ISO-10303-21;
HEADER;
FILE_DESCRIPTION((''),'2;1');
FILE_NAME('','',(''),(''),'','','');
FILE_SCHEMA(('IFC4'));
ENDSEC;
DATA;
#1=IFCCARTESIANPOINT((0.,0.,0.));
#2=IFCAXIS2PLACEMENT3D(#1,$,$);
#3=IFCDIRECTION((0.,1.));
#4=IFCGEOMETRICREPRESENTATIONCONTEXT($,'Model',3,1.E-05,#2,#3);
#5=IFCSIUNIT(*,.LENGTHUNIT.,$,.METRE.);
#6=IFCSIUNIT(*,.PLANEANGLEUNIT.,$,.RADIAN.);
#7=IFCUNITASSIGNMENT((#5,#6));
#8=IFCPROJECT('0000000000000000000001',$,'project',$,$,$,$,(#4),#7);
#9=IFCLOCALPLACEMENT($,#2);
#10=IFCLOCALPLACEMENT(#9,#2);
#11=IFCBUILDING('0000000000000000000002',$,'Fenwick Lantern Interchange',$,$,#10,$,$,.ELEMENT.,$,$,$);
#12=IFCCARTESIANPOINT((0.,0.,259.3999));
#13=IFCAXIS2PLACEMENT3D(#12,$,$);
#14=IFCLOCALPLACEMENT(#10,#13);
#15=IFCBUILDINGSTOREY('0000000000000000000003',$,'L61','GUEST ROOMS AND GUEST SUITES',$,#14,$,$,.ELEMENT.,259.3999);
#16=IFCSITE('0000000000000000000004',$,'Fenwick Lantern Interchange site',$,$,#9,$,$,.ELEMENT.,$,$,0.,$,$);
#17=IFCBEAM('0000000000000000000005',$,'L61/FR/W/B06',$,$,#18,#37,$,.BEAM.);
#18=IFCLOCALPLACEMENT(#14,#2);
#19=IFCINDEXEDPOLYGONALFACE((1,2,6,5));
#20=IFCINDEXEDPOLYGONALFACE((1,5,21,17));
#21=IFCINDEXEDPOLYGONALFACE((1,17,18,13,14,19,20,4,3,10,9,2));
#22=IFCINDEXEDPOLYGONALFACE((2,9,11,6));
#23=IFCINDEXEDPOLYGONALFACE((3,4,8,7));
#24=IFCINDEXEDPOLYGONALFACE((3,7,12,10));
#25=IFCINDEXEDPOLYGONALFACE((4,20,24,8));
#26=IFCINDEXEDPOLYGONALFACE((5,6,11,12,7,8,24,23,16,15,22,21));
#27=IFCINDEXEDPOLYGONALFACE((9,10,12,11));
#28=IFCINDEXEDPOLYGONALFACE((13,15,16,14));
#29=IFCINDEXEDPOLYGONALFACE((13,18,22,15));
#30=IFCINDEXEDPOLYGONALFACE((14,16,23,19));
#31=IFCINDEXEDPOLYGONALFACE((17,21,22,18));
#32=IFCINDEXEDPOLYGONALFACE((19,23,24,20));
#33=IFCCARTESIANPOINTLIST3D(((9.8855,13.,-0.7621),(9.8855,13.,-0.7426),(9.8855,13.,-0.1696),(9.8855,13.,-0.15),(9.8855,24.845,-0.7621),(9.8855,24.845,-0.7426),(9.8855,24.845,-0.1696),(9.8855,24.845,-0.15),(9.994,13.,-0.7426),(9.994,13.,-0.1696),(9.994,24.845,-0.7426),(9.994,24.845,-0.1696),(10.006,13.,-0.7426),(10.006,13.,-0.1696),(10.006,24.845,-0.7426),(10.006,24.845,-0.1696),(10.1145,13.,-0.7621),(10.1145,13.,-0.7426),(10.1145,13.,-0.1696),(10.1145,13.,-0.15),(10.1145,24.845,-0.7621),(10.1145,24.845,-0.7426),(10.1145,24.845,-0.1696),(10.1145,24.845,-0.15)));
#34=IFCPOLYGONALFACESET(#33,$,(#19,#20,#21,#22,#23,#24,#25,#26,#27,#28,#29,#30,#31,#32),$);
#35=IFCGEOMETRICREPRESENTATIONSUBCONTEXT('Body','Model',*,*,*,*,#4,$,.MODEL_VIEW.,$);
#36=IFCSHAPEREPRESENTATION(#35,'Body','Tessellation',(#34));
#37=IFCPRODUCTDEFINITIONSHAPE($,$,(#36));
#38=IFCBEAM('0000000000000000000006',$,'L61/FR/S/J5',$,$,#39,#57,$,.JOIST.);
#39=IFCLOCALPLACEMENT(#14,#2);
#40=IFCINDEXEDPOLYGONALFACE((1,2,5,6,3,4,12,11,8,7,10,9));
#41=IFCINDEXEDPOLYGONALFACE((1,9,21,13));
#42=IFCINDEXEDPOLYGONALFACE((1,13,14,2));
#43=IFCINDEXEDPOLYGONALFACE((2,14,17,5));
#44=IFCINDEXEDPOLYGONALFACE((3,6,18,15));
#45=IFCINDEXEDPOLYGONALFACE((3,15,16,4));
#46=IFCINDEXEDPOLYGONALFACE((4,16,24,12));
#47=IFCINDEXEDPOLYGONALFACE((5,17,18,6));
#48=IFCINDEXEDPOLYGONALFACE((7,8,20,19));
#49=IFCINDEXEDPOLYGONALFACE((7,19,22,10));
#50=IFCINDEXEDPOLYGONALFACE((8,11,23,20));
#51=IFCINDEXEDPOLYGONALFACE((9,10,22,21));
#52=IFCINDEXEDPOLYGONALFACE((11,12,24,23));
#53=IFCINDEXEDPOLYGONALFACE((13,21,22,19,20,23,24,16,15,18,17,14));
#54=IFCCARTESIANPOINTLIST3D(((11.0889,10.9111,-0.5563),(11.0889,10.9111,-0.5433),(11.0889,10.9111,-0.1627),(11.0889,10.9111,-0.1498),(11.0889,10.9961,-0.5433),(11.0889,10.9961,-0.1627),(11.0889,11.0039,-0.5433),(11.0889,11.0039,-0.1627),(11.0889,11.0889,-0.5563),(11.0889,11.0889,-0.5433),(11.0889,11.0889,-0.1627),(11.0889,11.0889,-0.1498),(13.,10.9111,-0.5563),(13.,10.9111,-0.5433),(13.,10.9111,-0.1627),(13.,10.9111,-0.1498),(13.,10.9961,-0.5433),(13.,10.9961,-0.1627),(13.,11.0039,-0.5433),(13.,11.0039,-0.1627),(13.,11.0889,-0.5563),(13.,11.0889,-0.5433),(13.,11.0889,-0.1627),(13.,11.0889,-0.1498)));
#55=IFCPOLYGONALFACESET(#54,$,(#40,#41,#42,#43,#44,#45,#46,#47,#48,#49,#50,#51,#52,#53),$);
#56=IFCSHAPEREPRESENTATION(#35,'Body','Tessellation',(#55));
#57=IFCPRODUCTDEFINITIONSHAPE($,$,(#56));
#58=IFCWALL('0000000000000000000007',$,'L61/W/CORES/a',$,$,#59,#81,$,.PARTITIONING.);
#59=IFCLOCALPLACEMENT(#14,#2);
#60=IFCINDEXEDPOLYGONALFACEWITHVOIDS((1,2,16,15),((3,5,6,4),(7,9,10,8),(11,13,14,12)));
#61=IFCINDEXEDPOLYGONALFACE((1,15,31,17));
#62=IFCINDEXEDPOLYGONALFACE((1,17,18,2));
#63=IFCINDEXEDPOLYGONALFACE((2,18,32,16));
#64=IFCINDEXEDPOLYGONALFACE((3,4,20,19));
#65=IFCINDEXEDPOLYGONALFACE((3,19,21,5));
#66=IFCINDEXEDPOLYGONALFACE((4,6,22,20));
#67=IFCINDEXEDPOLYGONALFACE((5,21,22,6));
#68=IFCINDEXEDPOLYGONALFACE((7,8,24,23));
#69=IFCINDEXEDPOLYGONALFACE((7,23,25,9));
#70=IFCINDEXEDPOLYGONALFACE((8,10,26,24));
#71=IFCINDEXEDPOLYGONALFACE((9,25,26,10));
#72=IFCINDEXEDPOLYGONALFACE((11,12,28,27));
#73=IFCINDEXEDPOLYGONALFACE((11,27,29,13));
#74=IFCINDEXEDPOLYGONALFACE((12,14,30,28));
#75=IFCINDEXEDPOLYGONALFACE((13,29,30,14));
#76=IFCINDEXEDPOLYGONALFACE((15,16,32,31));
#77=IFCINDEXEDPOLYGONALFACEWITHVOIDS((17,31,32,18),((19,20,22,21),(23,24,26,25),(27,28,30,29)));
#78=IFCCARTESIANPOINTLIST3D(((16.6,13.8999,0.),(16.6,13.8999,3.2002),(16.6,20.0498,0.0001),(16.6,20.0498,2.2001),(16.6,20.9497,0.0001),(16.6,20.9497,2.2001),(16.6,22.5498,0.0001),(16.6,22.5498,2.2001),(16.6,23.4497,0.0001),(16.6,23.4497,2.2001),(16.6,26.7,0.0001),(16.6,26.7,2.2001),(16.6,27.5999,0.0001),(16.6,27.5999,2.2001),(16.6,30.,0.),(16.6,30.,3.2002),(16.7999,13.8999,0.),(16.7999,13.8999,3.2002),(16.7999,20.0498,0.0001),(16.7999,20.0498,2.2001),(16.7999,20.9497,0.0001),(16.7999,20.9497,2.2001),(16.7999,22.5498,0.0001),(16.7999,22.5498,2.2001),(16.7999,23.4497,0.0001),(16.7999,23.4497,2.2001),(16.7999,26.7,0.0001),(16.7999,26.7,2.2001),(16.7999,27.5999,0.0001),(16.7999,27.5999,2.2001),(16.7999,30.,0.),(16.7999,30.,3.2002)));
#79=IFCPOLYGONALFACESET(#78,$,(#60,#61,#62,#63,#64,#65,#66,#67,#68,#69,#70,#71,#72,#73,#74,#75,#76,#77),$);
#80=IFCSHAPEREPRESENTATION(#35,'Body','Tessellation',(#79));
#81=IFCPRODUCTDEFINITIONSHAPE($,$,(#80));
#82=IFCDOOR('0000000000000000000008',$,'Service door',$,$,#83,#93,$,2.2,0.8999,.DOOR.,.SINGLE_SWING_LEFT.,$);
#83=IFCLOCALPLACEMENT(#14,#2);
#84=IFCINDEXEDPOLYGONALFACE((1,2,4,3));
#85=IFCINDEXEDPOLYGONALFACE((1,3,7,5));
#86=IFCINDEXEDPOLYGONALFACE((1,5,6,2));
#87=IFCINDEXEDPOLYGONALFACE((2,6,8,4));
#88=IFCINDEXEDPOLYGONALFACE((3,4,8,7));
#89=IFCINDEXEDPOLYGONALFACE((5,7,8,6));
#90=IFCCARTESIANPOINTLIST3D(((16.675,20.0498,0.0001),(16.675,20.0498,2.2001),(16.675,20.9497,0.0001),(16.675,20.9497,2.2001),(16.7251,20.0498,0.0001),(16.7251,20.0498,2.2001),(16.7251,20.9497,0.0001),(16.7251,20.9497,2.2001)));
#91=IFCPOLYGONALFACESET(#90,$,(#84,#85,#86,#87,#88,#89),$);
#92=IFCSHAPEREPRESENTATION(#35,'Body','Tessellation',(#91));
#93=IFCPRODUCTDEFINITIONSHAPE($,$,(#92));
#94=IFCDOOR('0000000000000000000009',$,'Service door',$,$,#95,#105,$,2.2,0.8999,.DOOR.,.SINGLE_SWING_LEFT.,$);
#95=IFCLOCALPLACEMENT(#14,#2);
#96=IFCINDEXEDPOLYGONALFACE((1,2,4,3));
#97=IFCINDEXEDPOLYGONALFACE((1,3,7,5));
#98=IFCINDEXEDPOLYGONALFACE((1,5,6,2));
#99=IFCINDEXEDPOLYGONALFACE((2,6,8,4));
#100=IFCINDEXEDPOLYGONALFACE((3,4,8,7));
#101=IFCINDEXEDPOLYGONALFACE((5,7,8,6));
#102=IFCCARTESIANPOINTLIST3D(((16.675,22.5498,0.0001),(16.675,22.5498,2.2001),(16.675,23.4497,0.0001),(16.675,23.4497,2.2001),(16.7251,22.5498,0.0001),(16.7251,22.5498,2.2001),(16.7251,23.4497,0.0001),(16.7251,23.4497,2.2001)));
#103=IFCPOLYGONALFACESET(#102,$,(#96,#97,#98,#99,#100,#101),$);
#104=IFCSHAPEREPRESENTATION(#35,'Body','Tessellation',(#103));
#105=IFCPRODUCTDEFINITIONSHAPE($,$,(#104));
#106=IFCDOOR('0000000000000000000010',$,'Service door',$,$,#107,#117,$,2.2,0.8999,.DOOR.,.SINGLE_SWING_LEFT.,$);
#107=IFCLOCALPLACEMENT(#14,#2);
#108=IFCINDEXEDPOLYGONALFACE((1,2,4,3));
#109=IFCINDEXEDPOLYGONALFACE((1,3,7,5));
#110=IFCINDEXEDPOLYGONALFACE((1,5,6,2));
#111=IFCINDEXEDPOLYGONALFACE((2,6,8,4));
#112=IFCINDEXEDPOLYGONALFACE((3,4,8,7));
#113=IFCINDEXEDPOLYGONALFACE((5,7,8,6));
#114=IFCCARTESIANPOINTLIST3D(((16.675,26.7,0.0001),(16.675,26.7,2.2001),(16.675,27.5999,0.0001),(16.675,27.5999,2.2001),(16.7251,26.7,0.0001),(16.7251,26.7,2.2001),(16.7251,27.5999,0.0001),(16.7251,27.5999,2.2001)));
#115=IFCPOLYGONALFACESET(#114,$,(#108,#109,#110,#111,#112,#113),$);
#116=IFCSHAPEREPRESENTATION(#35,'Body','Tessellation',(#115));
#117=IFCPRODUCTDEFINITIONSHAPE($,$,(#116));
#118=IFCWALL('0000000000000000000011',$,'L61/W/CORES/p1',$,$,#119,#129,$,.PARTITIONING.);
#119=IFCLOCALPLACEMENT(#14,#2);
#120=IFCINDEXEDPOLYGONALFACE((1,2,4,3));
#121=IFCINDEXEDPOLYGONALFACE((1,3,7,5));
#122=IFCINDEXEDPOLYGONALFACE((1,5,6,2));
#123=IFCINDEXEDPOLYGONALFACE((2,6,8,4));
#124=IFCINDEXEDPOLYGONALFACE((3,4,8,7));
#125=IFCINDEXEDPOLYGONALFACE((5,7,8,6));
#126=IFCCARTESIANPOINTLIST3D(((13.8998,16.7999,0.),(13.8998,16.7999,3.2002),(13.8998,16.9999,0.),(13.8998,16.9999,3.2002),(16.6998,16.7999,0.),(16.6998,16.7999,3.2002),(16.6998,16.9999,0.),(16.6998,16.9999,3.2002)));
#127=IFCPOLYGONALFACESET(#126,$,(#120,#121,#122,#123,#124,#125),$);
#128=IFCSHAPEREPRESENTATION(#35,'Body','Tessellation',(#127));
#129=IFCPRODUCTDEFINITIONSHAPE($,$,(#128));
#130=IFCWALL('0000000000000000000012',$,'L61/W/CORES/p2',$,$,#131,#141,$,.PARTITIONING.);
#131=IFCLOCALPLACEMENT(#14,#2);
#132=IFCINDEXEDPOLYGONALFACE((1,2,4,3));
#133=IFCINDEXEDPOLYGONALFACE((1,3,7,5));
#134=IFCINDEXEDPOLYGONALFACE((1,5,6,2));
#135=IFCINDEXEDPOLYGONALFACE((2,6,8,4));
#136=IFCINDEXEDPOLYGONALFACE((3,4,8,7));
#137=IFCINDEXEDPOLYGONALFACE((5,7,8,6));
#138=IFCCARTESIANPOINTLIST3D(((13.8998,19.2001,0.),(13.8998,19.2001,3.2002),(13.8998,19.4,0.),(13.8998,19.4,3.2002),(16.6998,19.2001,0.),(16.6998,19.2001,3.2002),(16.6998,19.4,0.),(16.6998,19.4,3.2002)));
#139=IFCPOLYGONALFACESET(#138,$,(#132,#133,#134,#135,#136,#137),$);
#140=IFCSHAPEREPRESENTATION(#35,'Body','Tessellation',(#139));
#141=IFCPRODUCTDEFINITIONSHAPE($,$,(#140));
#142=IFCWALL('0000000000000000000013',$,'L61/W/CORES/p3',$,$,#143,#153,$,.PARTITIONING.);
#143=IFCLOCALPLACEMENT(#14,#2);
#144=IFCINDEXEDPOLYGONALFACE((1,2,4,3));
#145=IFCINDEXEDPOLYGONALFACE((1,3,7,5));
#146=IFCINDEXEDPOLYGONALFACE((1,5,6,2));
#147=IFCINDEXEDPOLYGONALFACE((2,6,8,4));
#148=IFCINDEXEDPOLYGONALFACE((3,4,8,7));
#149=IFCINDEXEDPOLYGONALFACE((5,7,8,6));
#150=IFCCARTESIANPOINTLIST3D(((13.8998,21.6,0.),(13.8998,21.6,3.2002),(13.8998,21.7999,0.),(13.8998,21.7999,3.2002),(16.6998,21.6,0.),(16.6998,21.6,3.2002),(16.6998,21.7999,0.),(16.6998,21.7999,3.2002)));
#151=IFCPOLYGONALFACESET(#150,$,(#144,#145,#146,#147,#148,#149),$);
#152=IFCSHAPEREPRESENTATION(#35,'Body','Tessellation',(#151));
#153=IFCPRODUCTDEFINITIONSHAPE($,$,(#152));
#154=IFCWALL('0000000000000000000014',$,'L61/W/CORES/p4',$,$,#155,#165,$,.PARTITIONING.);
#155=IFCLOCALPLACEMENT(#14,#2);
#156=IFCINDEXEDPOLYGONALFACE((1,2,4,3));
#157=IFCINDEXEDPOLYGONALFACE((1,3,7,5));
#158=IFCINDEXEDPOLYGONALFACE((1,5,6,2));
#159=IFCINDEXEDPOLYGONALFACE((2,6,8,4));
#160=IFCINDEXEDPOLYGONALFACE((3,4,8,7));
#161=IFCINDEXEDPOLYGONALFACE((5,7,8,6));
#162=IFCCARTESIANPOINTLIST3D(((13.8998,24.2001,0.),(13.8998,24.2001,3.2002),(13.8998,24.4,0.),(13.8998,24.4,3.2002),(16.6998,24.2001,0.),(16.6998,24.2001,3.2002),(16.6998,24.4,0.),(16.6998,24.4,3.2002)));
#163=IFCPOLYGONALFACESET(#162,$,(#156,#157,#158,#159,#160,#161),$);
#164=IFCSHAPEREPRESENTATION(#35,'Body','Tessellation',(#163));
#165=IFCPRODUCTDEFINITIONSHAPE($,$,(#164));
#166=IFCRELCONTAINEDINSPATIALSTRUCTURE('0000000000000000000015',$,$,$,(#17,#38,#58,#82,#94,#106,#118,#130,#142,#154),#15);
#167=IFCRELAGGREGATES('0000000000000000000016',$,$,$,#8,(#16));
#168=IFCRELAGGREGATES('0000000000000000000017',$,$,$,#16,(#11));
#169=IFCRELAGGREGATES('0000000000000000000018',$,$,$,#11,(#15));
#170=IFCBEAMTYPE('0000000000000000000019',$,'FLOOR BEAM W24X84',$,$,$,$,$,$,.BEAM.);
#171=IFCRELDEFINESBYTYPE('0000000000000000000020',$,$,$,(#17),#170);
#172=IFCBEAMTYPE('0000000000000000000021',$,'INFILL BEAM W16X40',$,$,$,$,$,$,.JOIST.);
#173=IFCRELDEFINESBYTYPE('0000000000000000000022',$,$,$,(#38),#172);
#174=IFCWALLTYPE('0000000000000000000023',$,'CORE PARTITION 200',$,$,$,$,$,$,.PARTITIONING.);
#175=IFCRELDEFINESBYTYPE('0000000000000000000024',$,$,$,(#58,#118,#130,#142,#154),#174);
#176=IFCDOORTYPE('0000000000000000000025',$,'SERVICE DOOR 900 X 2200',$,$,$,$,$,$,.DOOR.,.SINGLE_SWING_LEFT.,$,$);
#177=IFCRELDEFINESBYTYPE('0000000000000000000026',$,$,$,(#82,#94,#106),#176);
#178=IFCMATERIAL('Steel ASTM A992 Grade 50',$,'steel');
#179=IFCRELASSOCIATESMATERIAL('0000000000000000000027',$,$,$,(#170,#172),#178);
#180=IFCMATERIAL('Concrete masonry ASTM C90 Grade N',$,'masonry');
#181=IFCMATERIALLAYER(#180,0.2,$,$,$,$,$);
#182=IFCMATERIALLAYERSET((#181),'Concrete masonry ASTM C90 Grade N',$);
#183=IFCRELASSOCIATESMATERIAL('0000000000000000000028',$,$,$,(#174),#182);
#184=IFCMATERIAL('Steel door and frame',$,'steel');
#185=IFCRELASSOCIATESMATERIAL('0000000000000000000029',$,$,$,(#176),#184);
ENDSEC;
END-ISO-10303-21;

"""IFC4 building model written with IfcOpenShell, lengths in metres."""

from ifc_helpers import new_model, si_unit, direction, frame, frame_2d, origin, origin_2d, place, context, subcontext, project, spatial, rectangle, i_section, extrude, material, layer, layer_set, material_profile, profile_set, type_object, element, fill, save


model = new_model("IFC4")

# Units and contexts
model_context = context("Model", 3, precision=1e-05, world=origin(), true_north=direction((0.0, 1.0)))
body_context = subcontext(model_context, "Body", "Model", "MODEL_VIEW")
ifc_project = project(units=[si_unit("LENGTHUNIT", "METRE"), si_unit("PLANEANGLEUNIT", "RADIAN")], contexts=[model_context])

# Site, building, storey
site_placement = place(None, origin())
site = spatial("IfcSite", under=ifc_project, at=site_placement, Name="Fenwick Lantern Interchange site", CompositionType="ELEMENT", RefElevation=0.0)
building_placement = place(site_placement, origin())
building = spatial("IfcBuilding", under=site, at=building_placement, Name="Fenwick Lantern Interchange", CompositionType="ELEMENT")
storey_placement = place(building_placement, frame((0.0, 0.0, 259.3999)))
storey = spatial("IfcBuildingStorey", under=building, at=storey_placement, Name="L61", Description="GUEST ROOMS AND GUEST SUITES", CompositionType="ELEMENT", Elevation=259.3999)

# Beams
ifc_material_1 = material(Name="Steel ASTM A992 Grade 50", Category="steel")
ifc_material_profile_1 = material_profile(ifc_material_1, i_section(OverallWidth=0.229, OverallDepth=0.6121, WebThickness=0.012, FlangeThickness=0.0195, at=origin_2d()), Name="W24X84")
ifc_profile_set_1 = profile_set([ifc_material_profile_1], Name="Steel ASTM A992 Grade 50")
beam_type_1 = type_object("IfcBeamType", Name="FLOOR BEAM W24X84", PredefinedType="BEAM", material=ifc_profile_set_1)
beam_1_placement = place(storey_placement, frame((10.0, 24.845, -0.4561), z_axis=(0.0, -1.0, 0.0), x_axis=(1.0, 0.0, 0.0)))
element("IfcBeam", 1, at=beam_1_placement, inside=storey, type_object=beam_type_1, Name="L61/FR/W/B06", PredefinedType="BEAM", context=body_context, shape_type="SweptSolid", body=[
    extrude(i_section(OverallWidth=0.229, OverallDepth=0.6121, WebThickness=0.012, FlangeThickness=0.0195, at=origin_2d()), origin(), (0.0, 0.0, 1.0), 11.845),
])
ifc_material_profile_2 = material_profile(ifc_material_1, i_section(OverallWidth=0.1777, OverallDepth=0.4065, WebThickness=0.0078, FlangeThickness=0.0129, at=origin_2d()), Name="W16X40")
ifc_profile_set_2 = profile_set([ifc_material_profile_2], Name="Steel ASTM A992 Grade 50")
beam_type_2 = type_object("IfcBeamType", Name="INFILL BEAM W16X40", PredefinedType="JOIST", material=ifc_profile_set_2)
beam_2_placement = place(storey_placement, frame((11.0889, 11.0, -0.353), z_axis=(1.0, 0.0, 0.0), x_axis=(0.0, 1.0, 0.0)))
element("IfcBeam", 2, at=beam_2_placement, inside=storey, type_object=beam_type_2, Name="L61/FR/S/J5", PredefinedType="JOIST", context=body_context, shape_type="SweptSolid", body=[
    extrude(i_section(OverallWidth=0.1777, OverallDepth=0.4065, WebThickness=0.0078, FlangeThickness=0.0129, at=origin_2d()), origin(), (0.0, 0.0, 1.0), 1.9111),
])

# Wall, openings, doors
ifc_material_2 = material(Name="Concrete masonry ASTM C90 Grade N", Category="masonry")
ifc_layer_1 = layer(ifc_material_2, 0.2)
ifc_layer_set_1 = layer_set([ifc_layer_1], Name="Concrete masonry ASTM C90 Grade N")
wall_type_1 = type_object("IfcWallType", Name="CORE PARTITION 200", PredefinedType="PARTITIONING", material=ifc_layer_set_1)
wall_1_placement = place(storey_placement, frame((16.7, 13.8999, 0.0), z_axis=(0.0, 0.0, 1.0), x_axis=(0.0, 1.0, 0.0)))
wall_1 = element("IfcWall", 3, at=wall_1_placement, inside=storey, type_object=wall_type_1, Name="L61/W/CORES/a", PredefinedType="PARTITIONING", context=body_context, shape_type="SweptSolid", body=[
    extrude(rectangle(XDim=16.1001, YDim=0.2, at=frame_2d((8.05, 0.0))), origin(), (0.0, 0.0, 1.0), 3.2002),
])
opening_1_placement = place(wall_1_placement, frame((6.1499, 0.0, 0.0)))
opening_1 = element("IfcOpeningElement", 4, at=opening_1_placement, cuts=wall_1, PredefinedType="OPENING", context=body_context, shape_type="SweptSolid", body=[
    extrude(rectangle(XDim=0.8999, YDim=2.2, at=frame_2d((0.45, 1.1001))), frame((0.0, 0.1099, 0.0), z_axis=(0.0, -1.0, 0.0), x_axis=(1.0, 0.0, 0.0)), (0.0, 0.0, 1.0), 0.22),
])
opening_2_placement = place(wall_1_placement, frame((8.6499, 0.0, 0.0)))
opening_2 = element("IfcOpeningElement", 5, at=opening_2_placement, cuts=wall_1, PredefinedType="OPENING", context=body_context, shape_type="SweptSolid", body=[
    extrude(rectangle(XDim=0.8999, YDim=2.2, at=frame_2d((0.45, 1.1001))), frame((0.0, 0.1099, 0.0), z_axis=(0.0, -1.0, 0.0), x_axis=(1.0, 0.0, 0.0)), (0.0, 0.0, 1.0), 0.22),
])
opening_3_placement = place(wall_1_placement, frame((12.8, 0.0, 0.0)))
opening_3 = element("IfcOpeningElement", 6, at=opening_3_placement, cuts=wall_1, PredefinedType="OPENING", context=body_context, shape_type="SweptSolid", body=[
    extrude(rectangle(XDim=0.8999, YDim=2.2, at=frame_2d((0.45, 1.1001))), frame((0.0, 0.1099, 0.0), z_axis=(0.0, -1.0, 0.0), x_axis=(1.0, 0.0, 0.0)), (0.0, 0.0, 1.0), 0.22),
])
ifc_material_3 = material(Name="Steel door and frame", Category="steel")
door_type_1 = type_object("IfcDoorType", Name="SERVICE DOOR 900 X 2200", OperationType="SINGLE_SWING_LEFT", PredefinedType="DOOR", material=ifc_material_3)
door_1_placement = place(opening_1_placement, origin())
door_1 = element("IfcDoor", 7, at=door_1_placement, inside=storey, type_object=door_type_1, Name="Service door", OperationType="SINGLE_SWING_LEFT", OverallHeight=2.2, OverallWidth=0.8999, PredefinedType="DOOR", context=body_context, shape_type="SweptSolid", body=[
    extrude(rectangle(XDim=0.8999, YDim=2.2, at=frame_2d((0.45, 1.1001))), frame((0.0, 0.0249, 0.0), z_axis=(0.0, -1.0, 0.0), x_axis=(1.0, 0.0, 0.0)), (0.0, 0.0, 1.0), 0.05),
])
fill(opening_1, door_1)
door_2_placement = place(opening_2_placement, origin())
door_2 = element("IfcDoor", 8, at=door_2_placement, inside=storey, type_object=door_type_1, Name="Service door", OperationType="SINGLE_SWING_LEFT", OverallHeight=2.2, OverallWidth=0.8999, PredefinedType="DOOR", context=body_context, shape_type="SweptSolid", body=[
    extrude(rectangle(XDim=0.8999, YDim=2.2, at=frame_2d((0.45, 1.1001))), frame((0.0, 0.0249, 0.0), z_axis=(0.0, -1.0, 0.0), x_axis=(1.0, 0.0, 0.0)), (0.0, 0.0, 1.0), 0.05),
])
fill(opening_2, door_2)
door_3_placement = place(opening_3_placement, origin())
door_3 = element("IfcDoor", 9, at=door_3_placement, inside=storey, type_object=door_type_1, Name="Service door", OperationType="SINGLE_SWING_LEFT", OverallHeight=2.2, OverallWidth=0.8999, PredefinedType="DOOR", context=body_context, shape_type="SweptSolid", body=[
    extrude(rectangle(XDim=0.8999, YDim=2.2, at=frame_2d((0.45, 1.1001))), frame((0.0, 0.0249, 0.0), z_axis=(0.0, -1.0, 0.0), x_axis=(1.0, 0.0, 0.0)), (0.0, 0.0, 1.0), 0.05),
])
fill(opening_3, door_3)

# Walls
for number, where, z_axis, x_axis, name in (
    (10, (13.8999, 16.8999, 0.0), (0.0, 0.0, 1.0), (1.0, 0.0, 0.0), "L61/W/CORES/p1"),
    (11, (13.8999, 19.3, 0.0), (0.0, 0.0, 1.0), (1.0, 0.0, 0.0), "L61/W/CORES/p2"),
    (12, (13.8999, 21.7, 0.0), (0.0, 0.0, 1.0), (1.0, 0.0, 0.0), "L61/W/CORES/p3"),
    (13, (13.8999, 24.3, 0.0), (0.0, 0.0, 1.0), (1.0, 0.0, 0.0), "L61/W/CORES/p4"),
):
    element("IfcWall", number, at=place(storey_placement, frame(where, z_axis=z_axis, x_axis=x_axis)), inside=storey, type_object=wall_type_1, Name=name, PredefinedType="PARTITIONING", context=body_context, shape_type="SweptSolid", body=[
        extrude(rectangle(XDim=2.8, YDim=0.2, at=frame_2d((1.3999, 0.0))), origin(), (0.0, 0.0, 1.0), 3.2002),
    ])

save(model, "model.ifc")
